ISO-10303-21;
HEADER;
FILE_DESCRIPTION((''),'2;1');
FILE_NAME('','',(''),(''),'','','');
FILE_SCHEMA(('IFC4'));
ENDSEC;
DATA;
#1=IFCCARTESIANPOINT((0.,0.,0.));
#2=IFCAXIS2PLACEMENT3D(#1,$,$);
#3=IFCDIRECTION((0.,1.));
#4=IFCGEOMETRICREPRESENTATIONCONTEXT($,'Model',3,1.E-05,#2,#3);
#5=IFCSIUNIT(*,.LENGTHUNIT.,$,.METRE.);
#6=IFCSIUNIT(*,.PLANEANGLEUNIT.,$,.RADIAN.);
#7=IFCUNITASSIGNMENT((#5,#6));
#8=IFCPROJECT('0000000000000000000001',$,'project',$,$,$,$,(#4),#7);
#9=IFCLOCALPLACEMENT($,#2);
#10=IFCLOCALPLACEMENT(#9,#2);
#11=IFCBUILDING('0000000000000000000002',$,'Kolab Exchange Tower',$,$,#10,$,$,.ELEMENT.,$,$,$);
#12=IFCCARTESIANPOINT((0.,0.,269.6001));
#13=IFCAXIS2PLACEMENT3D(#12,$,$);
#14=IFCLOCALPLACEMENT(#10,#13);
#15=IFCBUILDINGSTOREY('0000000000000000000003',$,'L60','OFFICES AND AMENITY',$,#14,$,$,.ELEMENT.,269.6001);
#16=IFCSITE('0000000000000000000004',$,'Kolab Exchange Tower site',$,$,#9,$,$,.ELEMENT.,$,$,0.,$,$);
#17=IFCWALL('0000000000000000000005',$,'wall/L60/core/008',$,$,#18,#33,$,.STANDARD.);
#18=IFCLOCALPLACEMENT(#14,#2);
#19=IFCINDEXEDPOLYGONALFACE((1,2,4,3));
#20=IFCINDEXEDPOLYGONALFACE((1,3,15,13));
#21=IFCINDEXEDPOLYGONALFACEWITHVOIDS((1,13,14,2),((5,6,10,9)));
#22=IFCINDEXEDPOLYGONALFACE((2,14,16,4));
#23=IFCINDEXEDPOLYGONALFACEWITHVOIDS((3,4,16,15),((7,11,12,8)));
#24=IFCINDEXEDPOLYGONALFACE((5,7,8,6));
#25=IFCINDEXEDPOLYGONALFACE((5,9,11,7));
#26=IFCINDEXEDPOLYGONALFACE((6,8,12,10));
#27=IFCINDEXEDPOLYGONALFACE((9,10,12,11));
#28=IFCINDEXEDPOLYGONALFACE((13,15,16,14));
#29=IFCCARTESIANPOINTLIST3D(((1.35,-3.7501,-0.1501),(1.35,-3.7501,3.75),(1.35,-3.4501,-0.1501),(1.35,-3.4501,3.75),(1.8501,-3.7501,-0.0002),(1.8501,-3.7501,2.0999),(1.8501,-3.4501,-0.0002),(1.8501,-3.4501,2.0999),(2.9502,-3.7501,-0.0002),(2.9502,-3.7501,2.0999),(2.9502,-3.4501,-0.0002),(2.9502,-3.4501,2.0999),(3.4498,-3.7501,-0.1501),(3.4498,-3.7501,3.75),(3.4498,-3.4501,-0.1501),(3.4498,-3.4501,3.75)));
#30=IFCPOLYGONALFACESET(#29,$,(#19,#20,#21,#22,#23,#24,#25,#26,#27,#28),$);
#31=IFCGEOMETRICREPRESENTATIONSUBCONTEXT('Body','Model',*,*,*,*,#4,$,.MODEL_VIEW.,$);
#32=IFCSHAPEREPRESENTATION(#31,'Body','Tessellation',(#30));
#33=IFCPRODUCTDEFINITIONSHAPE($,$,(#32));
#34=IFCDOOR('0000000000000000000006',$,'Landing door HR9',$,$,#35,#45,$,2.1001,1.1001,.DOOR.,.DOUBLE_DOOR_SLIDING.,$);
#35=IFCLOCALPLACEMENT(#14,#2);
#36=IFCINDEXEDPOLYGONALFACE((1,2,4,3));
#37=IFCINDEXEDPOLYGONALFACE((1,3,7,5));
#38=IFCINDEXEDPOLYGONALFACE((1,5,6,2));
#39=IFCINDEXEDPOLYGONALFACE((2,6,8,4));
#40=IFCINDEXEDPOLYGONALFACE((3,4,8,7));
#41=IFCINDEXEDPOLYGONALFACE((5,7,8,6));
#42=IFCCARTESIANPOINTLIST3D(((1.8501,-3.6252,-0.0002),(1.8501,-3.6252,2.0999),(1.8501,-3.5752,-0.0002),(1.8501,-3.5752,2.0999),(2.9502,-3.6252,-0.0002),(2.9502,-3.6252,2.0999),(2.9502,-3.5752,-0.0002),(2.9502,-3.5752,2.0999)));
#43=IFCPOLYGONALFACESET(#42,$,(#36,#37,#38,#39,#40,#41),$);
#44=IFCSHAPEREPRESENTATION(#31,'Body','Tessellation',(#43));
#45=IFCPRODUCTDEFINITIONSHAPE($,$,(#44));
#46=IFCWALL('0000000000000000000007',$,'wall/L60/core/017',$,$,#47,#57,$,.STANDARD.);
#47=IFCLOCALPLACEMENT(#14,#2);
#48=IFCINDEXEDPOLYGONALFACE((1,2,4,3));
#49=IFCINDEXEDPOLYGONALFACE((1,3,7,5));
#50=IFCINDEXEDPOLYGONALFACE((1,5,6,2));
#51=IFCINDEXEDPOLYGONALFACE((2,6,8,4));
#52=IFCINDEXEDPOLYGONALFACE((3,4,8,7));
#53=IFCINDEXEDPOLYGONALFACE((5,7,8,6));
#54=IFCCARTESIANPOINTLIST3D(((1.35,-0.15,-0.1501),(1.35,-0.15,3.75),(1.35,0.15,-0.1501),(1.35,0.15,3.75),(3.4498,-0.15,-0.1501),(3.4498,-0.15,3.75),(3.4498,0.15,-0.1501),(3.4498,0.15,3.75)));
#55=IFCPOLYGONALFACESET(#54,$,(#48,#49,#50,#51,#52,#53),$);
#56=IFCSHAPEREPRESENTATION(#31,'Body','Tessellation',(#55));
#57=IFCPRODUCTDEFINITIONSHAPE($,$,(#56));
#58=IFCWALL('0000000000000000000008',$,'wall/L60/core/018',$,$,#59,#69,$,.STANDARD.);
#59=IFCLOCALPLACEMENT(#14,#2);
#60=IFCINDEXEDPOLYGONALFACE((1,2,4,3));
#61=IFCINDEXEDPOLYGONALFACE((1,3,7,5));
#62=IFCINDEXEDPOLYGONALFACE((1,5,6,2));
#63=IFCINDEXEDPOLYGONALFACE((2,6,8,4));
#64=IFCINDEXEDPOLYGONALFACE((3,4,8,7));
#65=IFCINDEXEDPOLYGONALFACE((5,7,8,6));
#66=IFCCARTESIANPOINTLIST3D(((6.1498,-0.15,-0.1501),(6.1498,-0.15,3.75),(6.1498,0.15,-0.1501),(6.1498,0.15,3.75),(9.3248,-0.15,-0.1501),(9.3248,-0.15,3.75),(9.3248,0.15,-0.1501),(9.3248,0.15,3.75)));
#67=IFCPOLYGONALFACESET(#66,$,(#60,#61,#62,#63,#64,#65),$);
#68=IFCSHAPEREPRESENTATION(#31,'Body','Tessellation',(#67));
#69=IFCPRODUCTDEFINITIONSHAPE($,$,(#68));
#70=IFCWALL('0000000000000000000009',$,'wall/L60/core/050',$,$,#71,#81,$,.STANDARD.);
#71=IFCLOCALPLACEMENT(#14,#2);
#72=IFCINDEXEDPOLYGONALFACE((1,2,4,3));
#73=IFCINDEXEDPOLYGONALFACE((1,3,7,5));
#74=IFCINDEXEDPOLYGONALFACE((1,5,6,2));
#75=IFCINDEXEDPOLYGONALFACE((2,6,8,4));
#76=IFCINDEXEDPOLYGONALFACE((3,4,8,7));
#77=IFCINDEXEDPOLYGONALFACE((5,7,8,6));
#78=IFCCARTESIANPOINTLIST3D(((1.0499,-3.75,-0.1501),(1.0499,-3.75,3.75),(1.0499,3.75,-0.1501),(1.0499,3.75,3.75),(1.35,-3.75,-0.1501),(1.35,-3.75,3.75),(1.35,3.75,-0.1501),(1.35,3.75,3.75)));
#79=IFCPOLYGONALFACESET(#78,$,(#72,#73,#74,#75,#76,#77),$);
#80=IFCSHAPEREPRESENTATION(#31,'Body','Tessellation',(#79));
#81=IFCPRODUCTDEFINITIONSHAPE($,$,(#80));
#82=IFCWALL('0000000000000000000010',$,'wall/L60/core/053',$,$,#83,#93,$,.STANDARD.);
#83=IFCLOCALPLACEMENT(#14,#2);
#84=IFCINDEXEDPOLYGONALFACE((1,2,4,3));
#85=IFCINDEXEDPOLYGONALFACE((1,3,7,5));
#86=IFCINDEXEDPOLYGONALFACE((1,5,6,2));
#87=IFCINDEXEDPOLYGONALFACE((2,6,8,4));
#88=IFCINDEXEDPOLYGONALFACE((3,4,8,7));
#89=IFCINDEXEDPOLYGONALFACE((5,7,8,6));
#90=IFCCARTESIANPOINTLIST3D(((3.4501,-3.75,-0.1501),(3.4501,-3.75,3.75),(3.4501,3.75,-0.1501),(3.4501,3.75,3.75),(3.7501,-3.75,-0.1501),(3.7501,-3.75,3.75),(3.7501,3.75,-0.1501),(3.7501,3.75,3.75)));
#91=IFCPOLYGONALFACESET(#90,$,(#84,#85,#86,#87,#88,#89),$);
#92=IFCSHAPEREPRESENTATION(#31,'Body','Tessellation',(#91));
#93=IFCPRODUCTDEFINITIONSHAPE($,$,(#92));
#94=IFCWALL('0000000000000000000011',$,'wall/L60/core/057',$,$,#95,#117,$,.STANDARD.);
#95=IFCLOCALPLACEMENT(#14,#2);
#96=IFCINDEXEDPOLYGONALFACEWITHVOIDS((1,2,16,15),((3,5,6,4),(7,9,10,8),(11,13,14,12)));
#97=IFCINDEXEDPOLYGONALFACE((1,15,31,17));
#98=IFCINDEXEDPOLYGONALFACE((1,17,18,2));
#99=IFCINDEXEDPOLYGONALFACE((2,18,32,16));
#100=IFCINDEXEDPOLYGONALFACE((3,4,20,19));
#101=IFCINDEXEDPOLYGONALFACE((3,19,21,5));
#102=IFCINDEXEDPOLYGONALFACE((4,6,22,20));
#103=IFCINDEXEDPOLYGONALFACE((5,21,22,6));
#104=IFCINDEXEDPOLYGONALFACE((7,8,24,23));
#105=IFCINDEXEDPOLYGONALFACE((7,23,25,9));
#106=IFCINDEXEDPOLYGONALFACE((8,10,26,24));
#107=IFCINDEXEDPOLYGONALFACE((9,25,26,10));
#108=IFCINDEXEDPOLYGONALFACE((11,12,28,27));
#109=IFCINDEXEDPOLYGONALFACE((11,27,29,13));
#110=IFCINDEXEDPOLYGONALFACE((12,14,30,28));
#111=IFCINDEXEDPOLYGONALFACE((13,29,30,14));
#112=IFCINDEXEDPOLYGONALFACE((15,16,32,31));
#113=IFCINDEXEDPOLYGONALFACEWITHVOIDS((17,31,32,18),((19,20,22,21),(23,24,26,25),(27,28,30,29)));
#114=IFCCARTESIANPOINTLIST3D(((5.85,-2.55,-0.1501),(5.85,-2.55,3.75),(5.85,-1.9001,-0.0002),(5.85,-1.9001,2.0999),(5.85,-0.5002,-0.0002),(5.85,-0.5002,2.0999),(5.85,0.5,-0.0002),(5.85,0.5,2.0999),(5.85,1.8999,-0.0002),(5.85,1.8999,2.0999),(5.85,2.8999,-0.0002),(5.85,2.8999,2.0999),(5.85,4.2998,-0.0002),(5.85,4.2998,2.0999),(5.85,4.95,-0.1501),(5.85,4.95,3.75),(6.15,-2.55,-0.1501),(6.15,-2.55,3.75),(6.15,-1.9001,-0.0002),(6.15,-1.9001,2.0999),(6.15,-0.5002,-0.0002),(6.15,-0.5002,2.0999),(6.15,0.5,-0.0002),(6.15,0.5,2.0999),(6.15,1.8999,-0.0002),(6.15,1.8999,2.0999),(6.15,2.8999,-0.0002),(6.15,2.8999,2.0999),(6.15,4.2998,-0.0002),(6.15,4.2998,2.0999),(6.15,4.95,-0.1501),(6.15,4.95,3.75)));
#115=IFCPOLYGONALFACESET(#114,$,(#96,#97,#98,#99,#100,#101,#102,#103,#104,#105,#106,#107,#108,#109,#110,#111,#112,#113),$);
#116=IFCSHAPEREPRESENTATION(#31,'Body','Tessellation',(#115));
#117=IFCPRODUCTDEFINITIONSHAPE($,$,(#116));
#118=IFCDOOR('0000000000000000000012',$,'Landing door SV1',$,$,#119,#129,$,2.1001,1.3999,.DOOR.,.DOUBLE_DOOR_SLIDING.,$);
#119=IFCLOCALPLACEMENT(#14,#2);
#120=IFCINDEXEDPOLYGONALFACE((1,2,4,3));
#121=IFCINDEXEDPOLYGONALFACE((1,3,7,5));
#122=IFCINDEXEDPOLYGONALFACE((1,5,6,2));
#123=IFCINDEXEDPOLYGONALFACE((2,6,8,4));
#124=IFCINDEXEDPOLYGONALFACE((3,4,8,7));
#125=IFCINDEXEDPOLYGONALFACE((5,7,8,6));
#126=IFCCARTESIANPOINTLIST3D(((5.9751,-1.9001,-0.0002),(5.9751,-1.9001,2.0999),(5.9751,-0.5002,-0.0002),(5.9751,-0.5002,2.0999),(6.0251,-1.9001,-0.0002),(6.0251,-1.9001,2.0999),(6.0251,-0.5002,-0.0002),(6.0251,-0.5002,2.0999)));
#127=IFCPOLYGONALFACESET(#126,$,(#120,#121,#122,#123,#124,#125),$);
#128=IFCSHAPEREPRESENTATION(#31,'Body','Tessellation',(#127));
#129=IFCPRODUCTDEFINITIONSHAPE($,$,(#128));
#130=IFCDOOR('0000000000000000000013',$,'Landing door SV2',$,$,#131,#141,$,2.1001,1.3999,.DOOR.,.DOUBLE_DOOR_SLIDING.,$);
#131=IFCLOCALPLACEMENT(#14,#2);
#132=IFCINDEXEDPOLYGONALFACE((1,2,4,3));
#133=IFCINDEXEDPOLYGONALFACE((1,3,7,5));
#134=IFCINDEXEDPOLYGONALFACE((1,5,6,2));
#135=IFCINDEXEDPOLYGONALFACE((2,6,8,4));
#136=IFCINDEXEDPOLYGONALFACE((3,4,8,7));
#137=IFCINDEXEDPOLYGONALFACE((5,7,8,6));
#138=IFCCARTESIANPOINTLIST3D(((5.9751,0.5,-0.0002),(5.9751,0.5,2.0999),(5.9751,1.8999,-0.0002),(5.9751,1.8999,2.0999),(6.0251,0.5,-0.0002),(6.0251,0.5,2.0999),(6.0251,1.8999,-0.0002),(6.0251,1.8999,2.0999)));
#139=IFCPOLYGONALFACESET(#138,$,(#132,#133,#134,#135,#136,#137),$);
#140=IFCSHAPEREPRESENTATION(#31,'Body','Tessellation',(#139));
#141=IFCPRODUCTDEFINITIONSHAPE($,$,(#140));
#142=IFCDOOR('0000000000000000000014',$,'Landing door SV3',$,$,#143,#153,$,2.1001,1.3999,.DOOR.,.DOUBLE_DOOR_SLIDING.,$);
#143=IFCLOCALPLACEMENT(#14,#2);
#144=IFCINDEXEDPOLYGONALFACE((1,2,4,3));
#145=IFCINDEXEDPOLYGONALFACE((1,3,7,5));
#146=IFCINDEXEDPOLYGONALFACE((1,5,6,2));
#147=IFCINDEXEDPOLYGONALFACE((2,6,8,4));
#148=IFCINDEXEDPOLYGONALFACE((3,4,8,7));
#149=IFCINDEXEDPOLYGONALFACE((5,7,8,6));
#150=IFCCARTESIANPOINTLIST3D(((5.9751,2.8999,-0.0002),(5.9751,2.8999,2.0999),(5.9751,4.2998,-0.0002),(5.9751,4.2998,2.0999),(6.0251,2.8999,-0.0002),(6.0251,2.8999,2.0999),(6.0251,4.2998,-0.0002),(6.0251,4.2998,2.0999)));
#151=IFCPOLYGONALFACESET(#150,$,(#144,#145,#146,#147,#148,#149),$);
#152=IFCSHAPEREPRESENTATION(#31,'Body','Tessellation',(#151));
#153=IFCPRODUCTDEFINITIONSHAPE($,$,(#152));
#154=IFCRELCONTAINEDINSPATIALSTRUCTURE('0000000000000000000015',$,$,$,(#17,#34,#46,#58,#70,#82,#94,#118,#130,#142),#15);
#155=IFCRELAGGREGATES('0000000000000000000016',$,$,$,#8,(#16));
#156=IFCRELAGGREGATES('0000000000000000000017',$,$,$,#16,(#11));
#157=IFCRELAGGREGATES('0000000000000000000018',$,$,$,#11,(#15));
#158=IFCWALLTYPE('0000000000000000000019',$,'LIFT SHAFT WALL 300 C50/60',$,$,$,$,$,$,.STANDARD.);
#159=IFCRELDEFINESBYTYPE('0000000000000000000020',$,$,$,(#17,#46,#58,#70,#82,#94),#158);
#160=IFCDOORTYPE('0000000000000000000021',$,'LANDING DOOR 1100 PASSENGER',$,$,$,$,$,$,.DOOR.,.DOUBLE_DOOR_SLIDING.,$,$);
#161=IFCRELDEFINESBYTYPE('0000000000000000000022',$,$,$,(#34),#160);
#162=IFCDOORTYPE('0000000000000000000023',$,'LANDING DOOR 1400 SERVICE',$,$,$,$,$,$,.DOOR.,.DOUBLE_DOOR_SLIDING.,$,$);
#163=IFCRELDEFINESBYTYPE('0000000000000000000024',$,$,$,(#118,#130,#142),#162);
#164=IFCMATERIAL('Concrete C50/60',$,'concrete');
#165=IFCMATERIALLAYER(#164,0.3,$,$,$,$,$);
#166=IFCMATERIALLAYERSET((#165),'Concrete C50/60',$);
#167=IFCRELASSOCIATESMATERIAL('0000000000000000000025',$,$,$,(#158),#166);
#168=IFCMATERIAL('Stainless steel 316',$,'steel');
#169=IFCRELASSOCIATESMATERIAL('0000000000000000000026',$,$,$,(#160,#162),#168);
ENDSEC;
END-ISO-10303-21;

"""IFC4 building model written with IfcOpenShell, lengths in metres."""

from ifc_helpers import new_model, si_unit, direction, frame, frame_2d, origin, place, context, subcontext, project, spatial, rectangle, extrude, material, layer, layer_set, type_object, element, fill, save


model = new_model("IFC4")

# Units and contexts
model_context = context("Model", 3, precision=1e-05, world=origin(), true_north=direction((0.0, 1.0)))
body_context = subcontext(model_context, "Body", "Model", "MODEL_VIEW")
ifc_project = project(units=[si_unit("LENGTHUNIT", "METRE"), si_unit("PLANEANGLEUNIT", "RADIAN")], contexts=[model_context])

# Site, building, storey
site_placement = place(None, origin())
site = spatial("IfcSite", under=ifc_project, at=site_placement, Name="Kolab Exchange Tower site", CompositionType="ELEMENT", RefElevation=0.0)
building_placement = place(site_placement, origin())
building = spatial("IfcBuilding", under=site, at=building_placement, Name="Kolab Exchange Tower", CompositionType="ELEMENT")
storey_placement = place(building_placement, frame((0.0, 0.0, 269.6001)))
storey = spatial("IfcBuildingStorey", under=building, at=storey_placement, Name="L60", Description="OFFICES AND AMENITY", CompositionType="ELEMENT", Elevation=269.6001)

# Wall, opening, door
ifc_material_1 = material(Name="Concrete C50/60", Category="concrete")
ifc_layer_1 = layer(ifc_material_1, 0.3)
ifc_layer_set_1 = layer_set([ifc_layer_1], Name="Concrete C50/60")
wall_type_1 = type_object("IfcWallType", Name="LIFT SHAFT WALL 300 C50/60", PredefinedType="STANDARD", material=ifc_layer_set_1)
wall_1_placement = place(storey_placement, frame((1.3501, -3.6001, -0.1501), z_axis=(0.0, 0.0, 1.0), x_axis=(1.0, 0.0, 0.0)))
wall_1 = element("IfcWall", 1, at=wall_1_placement, inside=storey, type_object=wall_type_1, Name="wall/L60/core/008", PredefinedType="STANDARD", context=body_context, shape_type="SweptSolid", body=[
    extrude(rectangle(XDim=2.0999, YDim=0.3, at=frame_2d((1.0498, 0.0))), origin(), (0.0, 0.0, 1.0), 3.9001),
])
opening_1_placement = place(wall_1_placement, frame((0.5, 0.0, 0.1499)))
opening_1 = element("IfcOpeningElement", 2, at=opening_1_placement, cuts=wall_1, PredefinedType="OPENING", context=body_context, shape_type="SweptSolid", body=[
    extrude(rectangle(XDim=1.1001, YDim=2.1001, at=frame_2d((0.55, 1.05))), frame((0.0, 0.1602, 0.0), z_axis=(0.0, -1.0, 0.0), x_axis=(1.0, 0.0, 0.0)), (0.0, 0.0, 1.0), 0.3201),
])
ifc_material_2 = material(Name="Stainless steel 316", Category="steel")
door_type_1 = type_object("IfcDoorType", Name="LANDING DOOR 1100 PASSENGER", OperationType="DOUBLE_DOOR_SLIDING", PredefinedType="DOOR", material=ifc_material_2)
door_1_placement = place(opening_1_placement, origin())
door_1 = element("IfcDoor", 3, at=door_1_placement, inside=storey, type_object=door_type_1, Name="Landing door HR9", OperationType="DOUBLE_DOOR_SLIDING", OverallHeight=2.1001, OverallWidth=1.1001, PredefinedType="DOOR", context=body_context, shape_type="SweptSolid", body=[
    extrude(rectangle(XDim=1.1001, YDim=2.1001, at=frame_2d((0.55, 1.05))), frame((0.0, 0.0249, 0.0), z_axis=(0.0, -1.0, 0.0), x_axis=(1.0, 0.0, 0.0)), (0.0, 0.0, 1.0), 0.05),
])
fill(opening_1, door_1)

# Walls
wall_2_placement = place(storey_placement, frame((1.3501, 0.0, -0.1501), z_axis=(0.0, 0.0, 1.0), x_axis=(1.0, 0.0, 0.0)))
element("IfcWall", 4, at=wall_2_placement, inside=storey, type_object=wall_type_1, Name="wall/L60/core/017", PredefinedType="STANDARD", context=body_context, shape_type="SweptSolid", body=[
    extrude(rectangle(XDim=2.0999, YDim=0.3, at=frame_2d((1.0498, 0.0))), origin(), (0.0, 0.0, 1.0), 3.9001),
])
wall_3_placement = place(storey_placement, frame((6.1499, 0.0, -0.1501), z_axis=(0.0, 0.0, 1.0), x_axis=(1.0, 0.0, 0.0)))
element("IfcWall", 5, at=wall_3_placement, inside=storey, type_object=wall_type_1, Name="wall/L60/core/018", PredefinedType="STANDARD", context=body_context, shape_type="SweptSolid", body=[
    extrude(rectangle(XDim=3.175, YDim=0.3, at=frame_2d((1.5874, 0.0))), origin(), (0.0, 0.0, 1.0), 3.9001),
])
for number, where, z_axis, x_axis, name in (
    (6, (1.2, -3.75, -0.1501), (0.0, 0.0, 1.0), (0.0, 1.0, 0.0), "wall/L60/core/050"),
    (7, (3.6001, -3.75, -0.1501), (0.0, 0.0, 1.0), (0.0, 1.0, 0.0), "wall/L60/core/053"),
):
    element("IfcWall", number, at=place(storey_placement, frame(where, z_axis=z_axis, x_axis=x_axis)), inside=storey, type_object=wall_type_1, Name=name, PredefinedType="STANDARD", context=body_context, shape_type="SweptSolid", body=[
        extrude(rectangle(XDim=7.5, YDim=0.3, at=frame_2d((3.75, 0.0))), origin(), (0.0, 0.0, 1.0), 3.9001),
    ])

# Wall, openings, doors
wall_4_placement = place(storey_placement, frame((6.0, -2.55, -0.1501), z_axis=(0.0, 0.0, 1.0), x_axis=(0.0, 1.0, 0.0)))
wall_4 = element("IfcWall", 8, at=wall_4_placement, inside=storey, type_object=wall_type_1, Name="wall/L60/core/057", PredefinedType="STANDARD", context=body_context, shape_type="SweptSolid", body=[
    extrude(rectangle(XDim=7.5, YDim=0.3, at=frame_2d((3.75, 0.0))), origin(), (0.0, 0.0, 1.0), 3.9001),
])
opening_2_placement = place(wall_4_placement, frame((0.6499, 0.0, 0.1499)))
opening_2 = element("IfcOpeningElement", 9, at=opening_2_placement, cuts=wall_4, PredefinedType="OPENING", context=body_context, shape_type="SweptSolid", body=[
    extrude(rectangle(XDim=1.3999, YDim=2.1001, at=frame_2d((0.7, 1.05))), frame((0.0, 0.1602, 0.0), z_axis=(0.0, -1.0, 0.0), x_axis=(1.0, 0.0, 0.0)), (0.0, 0.0, 1.0), 0.3201),
])
opening_3_placement = place(wall_4_placement, frame((3.05, 0.0, 0.1499)))
opening_3 = element("IfcOpeningElement", 10, at=opening_3_placement, cuts=wall_4, PredefinedType="OPENING", context=body_context, shape_type="SweptSolid", body=[
    extrude(rectangle(XDim=1.3999, YDim=2.1001, at=frame_2d((0.7, 1.05))), frame((0.0, 0.1602, 0.0), z_axis=(0.0, -1.0, 0.0), x_axis=(1.0, 0.0, 0.0)), (0.0, 0.0, 1.0), 0.3201),
])
opening_4_placement = place(wall_4_placement, frame((5.45, 0.0, 0.1499)))
opening_4 = element("IfcOpeningElement", 11, at=opening_4_placement, cuts=wall_4, PredefinedType="OPENING", context=body_context, shape_type="SweptSolid", body=[
    extrude(rectangle(XDim=1.3999, YDim=2.1001, at=frame_2d((0.7, 1.05))), frame((0.0, 0.1602, 0.0), z_axis=(0.0, -1.0, 0.0), x_axis=(1.0, 0.0, 0.0)), (0.0, 0.0, 1.0), 0.3201),
])
door_type_2 = type_object("IfcDoorType", Name="LANDING DOOR 1400 SERVICE", OperationType="DOUBLE_DOOR_SLIDING", PredefinedType="DOOR", material=ifc_material_2)
door_2_placement = place(opening_2_placement, origin())
door_2 = element("IfcDoor", 12, at=door_2_placement, inside=storey, type_object=door_type_2, Name="Landing door SV1", OperationType="DOUBLE_DOOR_SLIDING", OverallHeight=2.1001, OverallWidth=1.3999, PredefinedType="DOOR", context=body_context, shape_type="SweptSolid", body=[
    extrude(rectangle(XDim=1.3999, YDim=2.1001, at=frame_2d((0.7, 1.05))), frame((0.0, 0.0249, 0.0), z_axis=(0.0, -1.0, 0.0), x_axis=(1.0, 0.0, 0.0)), (0.0, 0.0, 1.0), 0.05),
])
fill(opening_2, door_2)
door_3_placement = place(opening_3_placement, origin())
door_3 = element("IfcDoor", 13, at=door_3_placement, inside=storey, type_object=door_type_2, Name="Landing door SV2", OperationType="DOUBLE_DOOR_SLIDING", OverallHeight=2.1001, OverallWidth=1.3999, PredefinedType="DOOR", context=body_context, shape_type="SweptSolid", body=[
    extrude(rectangle(XDim=1.3999, YDim=2.1001, at=frame_2d((0.7, 1.05))), frame((0.0, 0.0249, 0.0), z_axis=(0.0, -1.0, 0.0), x_axis=(1.0, 0.0, 0.0)), (0.0, 0.0, 1.0), 0.05),
])
fill(opening_3, door_3)
door_4_placement = place(opening_4_placement, origin())
door_4 = element("IfcDoor", 14, at=door_4_placement, inside=storey, type_object=door_type_2, Name="Landing door SV3", OperationType="DOUBLE_DOOR_SLIDING", OverallHeight=2.1001, OverallWidth=1.3999, PredefinedType="DOOR", context=body_context, shape_type="SweptSolid", body=[
    extrude(rectangle(XDim=1.3999, YDim=2.1001, at=frame_2d((0.7, 1.05))), frame((0.0, 0.0249, 0.0), z_axis=(0.0, -1.0, 0.0), x_axis=(1.0, 0.0, 0.0)), (0.0, 0.0, 1.0), 0.05),
])
fill(opening_4, door_4)

save(model, "model.ifc")
